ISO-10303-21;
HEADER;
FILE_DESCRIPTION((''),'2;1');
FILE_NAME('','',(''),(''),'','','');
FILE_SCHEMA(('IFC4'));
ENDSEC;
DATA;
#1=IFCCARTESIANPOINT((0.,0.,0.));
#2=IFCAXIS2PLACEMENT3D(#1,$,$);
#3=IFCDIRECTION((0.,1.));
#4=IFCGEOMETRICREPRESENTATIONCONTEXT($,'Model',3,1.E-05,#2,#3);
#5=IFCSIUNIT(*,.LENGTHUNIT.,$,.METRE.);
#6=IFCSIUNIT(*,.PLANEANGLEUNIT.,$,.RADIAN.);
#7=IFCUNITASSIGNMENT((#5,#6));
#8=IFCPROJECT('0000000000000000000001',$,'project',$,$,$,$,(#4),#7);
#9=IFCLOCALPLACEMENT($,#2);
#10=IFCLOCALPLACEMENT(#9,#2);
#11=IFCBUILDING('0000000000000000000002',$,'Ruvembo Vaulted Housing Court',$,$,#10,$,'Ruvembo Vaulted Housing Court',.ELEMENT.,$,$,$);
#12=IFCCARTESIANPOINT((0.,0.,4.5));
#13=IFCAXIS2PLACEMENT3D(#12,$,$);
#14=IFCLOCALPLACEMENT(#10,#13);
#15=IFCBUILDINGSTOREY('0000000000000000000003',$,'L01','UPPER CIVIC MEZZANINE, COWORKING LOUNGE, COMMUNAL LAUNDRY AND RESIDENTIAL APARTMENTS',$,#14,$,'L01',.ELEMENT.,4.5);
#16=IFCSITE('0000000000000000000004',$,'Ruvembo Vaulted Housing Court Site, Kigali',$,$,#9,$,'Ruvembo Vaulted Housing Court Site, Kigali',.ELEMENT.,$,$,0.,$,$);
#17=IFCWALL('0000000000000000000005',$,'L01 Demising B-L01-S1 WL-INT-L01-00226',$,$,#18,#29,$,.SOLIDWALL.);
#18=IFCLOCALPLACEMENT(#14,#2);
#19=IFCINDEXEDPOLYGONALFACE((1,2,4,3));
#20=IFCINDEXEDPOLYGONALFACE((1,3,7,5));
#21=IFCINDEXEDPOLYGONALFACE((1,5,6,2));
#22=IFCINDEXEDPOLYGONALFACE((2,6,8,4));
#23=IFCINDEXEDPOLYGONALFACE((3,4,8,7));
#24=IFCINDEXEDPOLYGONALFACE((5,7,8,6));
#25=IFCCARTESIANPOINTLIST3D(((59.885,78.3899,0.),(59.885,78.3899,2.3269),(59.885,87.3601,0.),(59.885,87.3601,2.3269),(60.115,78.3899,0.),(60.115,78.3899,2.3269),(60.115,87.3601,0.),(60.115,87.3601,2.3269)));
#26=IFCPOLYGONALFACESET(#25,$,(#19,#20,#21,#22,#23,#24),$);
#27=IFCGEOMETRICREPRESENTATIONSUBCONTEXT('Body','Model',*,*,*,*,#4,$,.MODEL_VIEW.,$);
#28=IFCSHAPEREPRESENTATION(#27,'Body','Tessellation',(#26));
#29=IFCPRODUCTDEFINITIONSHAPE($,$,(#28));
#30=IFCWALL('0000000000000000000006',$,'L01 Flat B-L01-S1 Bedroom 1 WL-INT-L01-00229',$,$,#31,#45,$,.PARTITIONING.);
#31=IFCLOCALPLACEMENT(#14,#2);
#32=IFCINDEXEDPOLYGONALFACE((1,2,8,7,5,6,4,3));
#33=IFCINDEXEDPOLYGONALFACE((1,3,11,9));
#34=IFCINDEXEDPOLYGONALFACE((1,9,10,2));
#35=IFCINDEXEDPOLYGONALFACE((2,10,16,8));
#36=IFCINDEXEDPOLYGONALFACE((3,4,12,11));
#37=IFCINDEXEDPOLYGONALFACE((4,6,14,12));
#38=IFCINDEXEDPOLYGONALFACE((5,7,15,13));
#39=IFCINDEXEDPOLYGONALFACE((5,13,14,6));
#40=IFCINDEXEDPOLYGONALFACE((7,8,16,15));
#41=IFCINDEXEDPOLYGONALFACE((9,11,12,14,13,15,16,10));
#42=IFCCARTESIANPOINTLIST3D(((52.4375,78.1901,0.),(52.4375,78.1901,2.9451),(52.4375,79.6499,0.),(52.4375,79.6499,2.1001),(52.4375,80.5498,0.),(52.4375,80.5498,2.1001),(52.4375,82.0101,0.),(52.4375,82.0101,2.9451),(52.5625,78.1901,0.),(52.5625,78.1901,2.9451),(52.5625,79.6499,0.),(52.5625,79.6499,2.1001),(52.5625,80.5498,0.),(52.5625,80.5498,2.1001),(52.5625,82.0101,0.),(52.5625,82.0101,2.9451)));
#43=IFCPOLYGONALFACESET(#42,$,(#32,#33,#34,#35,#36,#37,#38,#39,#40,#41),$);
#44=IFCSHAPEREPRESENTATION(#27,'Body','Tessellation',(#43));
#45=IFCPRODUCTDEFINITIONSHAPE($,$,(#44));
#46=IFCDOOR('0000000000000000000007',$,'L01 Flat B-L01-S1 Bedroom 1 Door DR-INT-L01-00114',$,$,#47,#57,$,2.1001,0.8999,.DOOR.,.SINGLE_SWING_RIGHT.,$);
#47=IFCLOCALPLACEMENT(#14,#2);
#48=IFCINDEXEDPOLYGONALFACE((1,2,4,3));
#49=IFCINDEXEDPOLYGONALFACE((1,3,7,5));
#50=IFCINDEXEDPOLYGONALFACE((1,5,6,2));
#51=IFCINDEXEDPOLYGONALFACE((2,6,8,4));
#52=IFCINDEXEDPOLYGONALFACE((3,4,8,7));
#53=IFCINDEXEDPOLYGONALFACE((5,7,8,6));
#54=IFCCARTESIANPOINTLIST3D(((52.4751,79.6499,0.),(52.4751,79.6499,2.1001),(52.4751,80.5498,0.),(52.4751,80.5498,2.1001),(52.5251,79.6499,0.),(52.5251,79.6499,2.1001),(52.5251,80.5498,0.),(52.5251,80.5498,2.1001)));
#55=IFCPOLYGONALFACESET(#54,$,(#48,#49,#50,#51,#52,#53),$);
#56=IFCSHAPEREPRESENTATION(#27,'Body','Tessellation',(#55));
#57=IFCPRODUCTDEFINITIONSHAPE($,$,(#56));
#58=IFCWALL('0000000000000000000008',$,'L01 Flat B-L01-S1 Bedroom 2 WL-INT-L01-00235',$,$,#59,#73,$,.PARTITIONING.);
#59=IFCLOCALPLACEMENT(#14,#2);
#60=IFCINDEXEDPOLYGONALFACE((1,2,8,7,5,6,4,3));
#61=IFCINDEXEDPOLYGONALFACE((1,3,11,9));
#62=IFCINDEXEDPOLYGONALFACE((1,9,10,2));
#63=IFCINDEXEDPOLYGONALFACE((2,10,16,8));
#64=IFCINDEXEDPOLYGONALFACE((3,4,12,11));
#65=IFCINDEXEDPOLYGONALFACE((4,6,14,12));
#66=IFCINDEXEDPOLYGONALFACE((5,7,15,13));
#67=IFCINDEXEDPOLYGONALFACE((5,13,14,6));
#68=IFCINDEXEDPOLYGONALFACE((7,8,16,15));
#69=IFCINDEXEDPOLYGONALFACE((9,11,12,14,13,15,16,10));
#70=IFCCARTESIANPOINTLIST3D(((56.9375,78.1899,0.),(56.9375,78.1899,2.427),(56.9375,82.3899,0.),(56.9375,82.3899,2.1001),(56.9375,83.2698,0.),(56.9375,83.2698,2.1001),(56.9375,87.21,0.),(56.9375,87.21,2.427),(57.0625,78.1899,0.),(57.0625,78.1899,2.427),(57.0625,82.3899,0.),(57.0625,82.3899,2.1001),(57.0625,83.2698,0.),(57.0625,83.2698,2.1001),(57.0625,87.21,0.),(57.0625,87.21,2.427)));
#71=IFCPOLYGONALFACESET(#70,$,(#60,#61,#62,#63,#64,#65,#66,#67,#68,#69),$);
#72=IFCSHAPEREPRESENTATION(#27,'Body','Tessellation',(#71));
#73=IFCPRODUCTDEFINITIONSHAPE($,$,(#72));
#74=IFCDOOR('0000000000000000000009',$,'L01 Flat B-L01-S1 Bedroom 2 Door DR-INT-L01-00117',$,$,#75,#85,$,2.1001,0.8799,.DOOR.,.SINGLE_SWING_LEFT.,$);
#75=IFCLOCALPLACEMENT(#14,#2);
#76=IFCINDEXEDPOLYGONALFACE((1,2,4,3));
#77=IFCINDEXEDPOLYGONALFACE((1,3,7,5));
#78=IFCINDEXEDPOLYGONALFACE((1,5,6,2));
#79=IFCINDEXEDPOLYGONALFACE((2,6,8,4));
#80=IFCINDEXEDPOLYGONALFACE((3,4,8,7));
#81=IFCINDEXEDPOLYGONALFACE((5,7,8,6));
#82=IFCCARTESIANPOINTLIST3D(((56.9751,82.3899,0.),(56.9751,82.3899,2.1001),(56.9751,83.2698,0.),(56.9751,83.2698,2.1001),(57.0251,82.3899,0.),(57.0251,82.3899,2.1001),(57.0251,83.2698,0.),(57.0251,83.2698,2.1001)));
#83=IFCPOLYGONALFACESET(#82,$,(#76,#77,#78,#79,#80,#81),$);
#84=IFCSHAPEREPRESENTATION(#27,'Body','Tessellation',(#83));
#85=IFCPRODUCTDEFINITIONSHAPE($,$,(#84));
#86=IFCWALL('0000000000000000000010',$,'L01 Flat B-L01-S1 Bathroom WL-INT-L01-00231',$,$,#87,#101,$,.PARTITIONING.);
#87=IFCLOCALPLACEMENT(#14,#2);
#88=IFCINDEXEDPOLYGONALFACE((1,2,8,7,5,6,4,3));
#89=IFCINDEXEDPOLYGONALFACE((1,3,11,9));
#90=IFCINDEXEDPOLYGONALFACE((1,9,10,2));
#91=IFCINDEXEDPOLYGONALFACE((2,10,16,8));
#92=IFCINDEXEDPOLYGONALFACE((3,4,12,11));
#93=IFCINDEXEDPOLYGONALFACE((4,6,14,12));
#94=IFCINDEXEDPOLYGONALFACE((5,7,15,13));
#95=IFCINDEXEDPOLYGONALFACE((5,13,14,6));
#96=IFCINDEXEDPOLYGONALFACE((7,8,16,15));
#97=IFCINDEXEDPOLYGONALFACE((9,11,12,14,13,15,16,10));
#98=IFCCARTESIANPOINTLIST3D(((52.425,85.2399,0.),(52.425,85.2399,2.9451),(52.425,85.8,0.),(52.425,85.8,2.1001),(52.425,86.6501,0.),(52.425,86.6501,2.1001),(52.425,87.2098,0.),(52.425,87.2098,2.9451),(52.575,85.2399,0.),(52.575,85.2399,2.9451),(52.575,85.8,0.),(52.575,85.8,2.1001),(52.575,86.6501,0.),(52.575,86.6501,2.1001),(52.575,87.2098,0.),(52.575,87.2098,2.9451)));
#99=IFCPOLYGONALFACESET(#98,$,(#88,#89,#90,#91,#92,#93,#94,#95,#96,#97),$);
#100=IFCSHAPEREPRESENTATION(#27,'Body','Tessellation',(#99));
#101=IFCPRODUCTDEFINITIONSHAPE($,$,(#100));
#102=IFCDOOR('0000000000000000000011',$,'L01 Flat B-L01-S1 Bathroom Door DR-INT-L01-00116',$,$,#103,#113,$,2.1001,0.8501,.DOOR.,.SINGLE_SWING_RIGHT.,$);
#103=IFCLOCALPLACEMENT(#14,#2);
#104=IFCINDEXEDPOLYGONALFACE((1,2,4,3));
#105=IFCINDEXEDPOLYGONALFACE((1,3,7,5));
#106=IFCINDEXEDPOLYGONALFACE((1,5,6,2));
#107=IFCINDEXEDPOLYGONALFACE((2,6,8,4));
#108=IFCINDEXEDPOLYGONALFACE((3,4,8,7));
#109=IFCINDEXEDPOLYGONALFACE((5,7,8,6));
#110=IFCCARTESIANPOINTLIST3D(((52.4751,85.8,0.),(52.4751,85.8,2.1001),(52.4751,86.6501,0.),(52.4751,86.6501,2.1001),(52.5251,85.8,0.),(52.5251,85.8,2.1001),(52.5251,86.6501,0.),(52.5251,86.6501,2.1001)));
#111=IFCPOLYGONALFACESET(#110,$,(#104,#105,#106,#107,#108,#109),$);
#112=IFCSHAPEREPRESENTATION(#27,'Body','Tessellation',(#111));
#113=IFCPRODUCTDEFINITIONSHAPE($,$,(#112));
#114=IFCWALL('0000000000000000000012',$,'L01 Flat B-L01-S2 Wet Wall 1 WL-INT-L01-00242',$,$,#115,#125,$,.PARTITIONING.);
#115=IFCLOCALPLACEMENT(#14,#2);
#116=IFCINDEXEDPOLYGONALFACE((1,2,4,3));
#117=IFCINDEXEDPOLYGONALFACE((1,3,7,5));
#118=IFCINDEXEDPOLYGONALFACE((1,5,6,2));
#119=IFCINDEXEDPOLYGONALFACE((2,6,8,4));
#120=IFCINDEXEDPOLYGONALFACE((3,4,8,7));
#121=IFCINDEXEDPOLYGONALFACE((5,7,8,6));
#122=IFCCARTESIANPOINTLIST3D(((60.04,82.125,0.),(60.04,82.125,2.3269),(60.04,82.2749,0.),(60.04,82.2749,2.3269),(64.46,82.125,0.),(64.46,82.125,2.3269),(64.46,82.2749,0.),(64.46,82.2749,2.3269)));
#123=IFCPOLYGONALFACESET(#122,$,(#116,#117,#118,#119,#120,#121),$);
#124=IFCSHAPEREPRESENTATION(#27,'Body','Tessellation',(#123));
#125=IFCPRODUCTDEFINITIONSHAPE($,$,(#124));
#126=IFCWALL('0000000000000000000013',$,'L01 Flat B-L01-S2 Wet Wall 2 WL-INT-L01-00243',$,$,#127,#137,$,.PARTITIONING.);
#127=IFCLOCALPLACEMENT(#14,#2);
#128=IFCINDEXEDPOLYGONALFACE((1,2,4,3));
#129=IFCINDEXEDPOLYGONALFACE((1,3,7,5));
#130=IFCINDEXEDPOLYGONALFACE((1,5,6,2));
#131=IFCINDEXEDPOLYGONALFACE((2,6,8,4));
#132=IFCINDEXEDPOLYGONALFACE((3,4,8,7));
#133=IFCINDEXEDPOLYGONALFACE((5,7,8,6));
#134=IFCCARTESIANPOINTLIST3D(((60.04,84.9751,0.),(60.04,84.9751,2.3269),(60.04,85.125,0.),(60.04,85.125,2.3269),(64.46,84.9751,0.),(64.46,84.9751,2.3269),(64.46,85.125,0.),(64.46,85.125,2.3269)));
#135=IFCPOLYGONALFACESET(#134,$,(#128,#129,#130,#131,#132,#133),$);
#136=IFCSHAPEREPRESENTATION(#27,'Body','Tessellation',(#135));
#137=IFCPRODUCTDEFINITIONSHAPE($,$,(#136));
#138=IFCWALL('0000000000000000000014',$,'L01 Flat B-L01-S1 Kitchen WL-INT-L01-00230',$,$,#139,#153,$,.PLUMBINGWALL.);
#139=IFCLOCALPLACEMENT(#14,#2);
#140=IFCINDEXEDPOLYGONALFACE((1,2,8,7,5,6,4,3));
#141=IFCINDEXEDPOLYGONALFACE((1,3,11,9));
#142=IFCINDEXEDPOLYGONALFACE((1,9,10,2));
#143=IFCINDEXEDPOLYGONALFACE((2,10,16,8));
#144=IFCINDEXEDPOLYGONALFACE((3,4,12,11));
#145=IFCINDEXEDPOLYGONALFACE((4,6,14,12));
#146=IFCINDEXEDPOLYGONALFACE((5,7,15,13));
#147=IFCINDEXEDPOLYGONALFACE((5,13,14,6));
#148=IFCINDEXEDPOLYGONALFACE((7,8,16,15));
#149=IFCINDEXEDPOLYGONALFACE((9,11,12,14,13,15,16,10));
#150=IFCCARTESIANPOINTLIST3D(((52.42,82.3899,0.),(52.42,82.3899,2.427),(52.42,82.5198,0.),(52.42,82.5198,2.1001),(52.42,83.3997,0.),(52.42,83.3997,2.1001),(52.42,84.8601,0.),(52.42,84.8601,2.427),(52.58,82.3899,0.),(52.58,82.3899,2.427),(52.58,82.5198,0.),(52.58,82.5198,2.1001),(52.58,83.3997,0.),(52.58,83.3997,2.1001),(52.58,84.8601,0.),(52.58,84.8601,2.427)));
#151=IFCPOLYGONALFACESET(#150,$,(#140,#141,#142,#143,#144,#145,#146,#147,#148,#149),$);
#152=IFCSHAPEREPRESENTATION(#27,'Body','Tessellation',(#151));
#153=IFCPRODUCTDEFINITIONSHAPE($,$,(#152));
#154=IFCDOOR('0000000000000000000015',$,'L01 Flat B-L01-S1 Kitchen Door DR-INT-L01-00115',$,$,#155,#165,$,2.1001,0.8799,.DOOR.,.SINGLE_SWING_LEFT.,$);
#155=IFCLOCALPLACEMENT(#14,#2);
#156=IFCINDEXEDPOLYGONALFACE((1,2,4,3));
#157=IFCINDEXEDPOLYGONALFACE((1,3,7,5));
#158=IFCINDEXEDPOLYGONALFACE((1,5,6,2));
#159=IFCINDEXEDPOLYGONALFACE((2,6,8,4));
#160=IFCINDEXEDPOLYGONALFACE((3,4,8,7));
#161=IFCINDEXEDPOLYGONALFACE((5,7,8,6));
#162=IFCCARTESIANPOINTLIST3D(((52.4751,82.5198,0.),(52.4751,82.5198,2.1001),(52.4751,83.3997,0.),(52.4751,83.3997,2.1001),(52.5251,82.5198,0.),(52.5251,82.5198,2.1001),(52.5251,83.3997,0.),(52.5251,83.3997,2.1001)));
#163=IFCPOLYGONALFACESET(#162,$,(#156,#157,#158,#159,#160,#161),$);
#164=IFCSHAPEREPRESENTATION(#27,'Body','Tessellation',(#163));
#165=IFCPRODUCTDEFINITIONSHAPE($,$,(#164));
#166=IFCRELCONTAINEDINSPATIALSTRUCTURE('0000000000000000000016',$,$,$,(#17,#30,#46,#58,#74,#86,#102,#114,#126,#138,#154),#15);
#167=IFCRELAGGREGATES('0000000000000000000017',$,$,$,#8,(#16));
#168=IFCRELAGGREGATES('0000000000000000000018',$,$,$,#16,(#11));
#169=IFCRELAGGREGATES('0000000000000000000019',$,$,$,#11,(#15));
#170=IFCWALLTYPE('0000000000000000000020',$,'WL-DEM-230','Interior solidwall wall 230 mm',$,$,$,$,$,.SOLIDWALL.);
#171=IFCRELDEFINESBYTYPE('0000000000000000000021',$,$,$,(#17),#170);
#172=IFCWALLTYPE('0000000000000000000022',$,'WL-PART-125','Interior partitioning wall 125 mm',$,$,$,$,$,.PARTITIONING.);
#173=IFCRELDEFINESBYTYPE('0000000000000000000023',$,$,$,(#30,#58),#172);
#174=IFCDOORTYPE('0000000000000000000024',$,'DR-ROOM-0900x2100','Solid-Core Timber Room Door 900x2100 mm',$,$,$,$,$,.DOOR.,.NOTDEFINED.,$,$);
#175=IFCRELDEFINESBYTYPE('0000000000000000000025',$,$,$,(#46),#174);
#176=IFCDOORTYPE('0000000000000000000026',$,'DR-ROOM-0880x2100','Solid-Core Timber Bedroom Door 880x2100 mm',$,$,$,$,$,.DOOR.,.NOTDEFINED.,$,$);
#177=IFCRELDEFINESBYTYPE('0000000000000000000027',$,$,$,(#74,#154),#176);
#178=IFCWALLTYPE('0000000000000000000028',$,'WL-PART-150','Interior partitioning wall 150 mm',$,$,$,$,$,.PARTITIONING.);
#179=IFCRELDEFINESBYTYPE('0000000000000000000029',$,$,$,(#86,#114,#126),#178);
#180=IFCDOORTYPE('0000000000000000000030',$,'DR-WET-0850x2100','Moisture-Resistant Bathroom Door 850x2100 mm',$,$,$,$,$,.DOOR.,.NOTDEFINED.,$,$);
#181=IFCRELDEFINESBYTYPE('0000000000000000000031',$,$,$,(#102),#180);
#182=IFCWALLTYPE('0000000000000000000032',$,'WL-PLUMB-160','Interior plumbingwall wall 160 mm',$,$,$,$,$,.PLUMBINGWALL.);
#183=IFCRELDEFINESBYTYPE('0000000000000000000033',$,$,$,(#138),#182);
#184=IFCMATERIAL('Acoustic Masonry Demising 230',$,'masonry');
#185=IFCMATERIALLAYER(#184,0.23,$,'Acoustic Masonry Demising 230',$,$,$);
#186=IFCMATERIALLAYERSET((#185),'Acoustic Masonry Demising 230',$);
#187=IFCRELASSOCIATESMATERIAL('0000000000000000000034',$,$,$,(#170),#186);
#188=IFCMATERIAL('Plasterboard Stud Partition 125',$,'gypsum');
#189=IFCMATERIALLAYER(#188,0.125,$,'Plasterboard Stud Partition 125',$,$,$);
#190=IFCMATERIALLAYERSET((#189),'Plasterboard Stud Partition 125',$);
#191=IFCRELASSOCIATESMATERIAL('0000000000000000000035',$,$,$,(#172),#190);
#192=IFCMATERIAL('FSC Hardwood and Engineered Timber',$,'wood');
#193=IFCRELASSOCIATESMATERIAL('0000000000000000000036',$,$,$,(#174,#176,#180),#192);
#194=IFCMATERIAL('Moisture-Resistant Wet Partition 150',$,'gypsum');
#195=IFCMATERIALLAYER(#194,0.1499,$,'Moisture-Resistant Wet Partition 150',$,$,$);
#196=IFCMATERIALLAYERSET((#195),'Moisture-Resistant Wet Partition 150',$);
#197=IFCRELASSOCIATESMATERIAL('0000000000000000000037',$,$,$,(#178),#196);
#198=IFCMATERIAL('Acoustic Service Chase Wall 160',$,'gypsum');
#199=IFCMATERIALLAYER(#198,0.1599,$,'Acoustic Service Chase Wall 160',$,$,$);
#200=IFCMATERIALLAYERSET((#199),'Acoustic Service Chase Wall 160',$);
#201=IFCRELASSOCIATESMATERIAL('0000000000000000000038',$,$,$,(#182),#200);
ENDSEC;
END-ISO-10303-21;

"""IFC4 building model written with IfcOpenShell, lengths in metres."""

from ifc_helpers import new_model, si_unit, direction, frame, frame_2d, origin, place, context, subcontext, project, spatial, rectangle, extrude, material, layer, layer_set, type_object, element, fill, save


model = new_model("IFC4")

# Units and contexts
model_context = context("Model", 3, precision=1e-05, world=origin(), true_north=direction((0.0, 1.0)))
body_context = subcontext(model_context, "Body", "Model", "MODEL_VIEW")
ifc_project = project(units=[si_unit("LENGTHUNIT", "METRE"), si_unit("PLANEANGLEUNIT", "RADIAN")], contexts=[model_context])

# Site, building, storey
site_placement = place(None, origin())
site = spatial("IfcSite", under=ifc_project, at=site_placement, Name="Ruvembo Vaulted Housing Court Site, Kigali", LongName="Ruvembo Vaulted Housing Court Site, Kigali", CompositionType="ELEMENT", RefElevation=0.0)
building_placement = place(site_placement, origin())
building = spatial("IfcBuilding", under=site, at=building_placement, Name="Ruvembo Vaulted Housing Court", LongName="Ruvembo Vaulted Housing Court", CompositionType="ELEMENT")
storey_placement = place(building_placement, frame((0.0, 0.0, 4.5)))
storey = spatial("IfcBuildingStorey", under=building, at=storey_placement, Name="L01", Description="UPPER CIVIC MEZZANINE, COWORKING LOUNGE, COMMUNAL LAUNDRY AND RESIDENTIAL APARTMENTS", LongName="L01", CompositionType="ELEMENT", Elevation=4.5)

# Shared definitions
ifc_material_1 = material(Name="FSC Hardwood and Engineered Timber", Category="wood")

# Wall
ifc_material_2 = material(Name="Acoustic Masonry Demising 230", Category="masonry")
ifc_layer_1 = layer(ifc_material_2, 0.23, Name="Acoustic Masonry Demising 230")
ifc_layer_set_1 = layer_set([ifc_layer_1], Name="Acoustic Masonry Demising 230")
wall_type_1 = type_object("IfcWallType", Name="WL-DEM-230", Description="Interior solidwall wall 230 mm", PredefinedType="SOLIDWALL", material=ifc_layer_set_1)
wall_1_placement = place(storey_placement, frame((60.0, 78.3899, 0.0), z_axis=(0.0, 0.0, 1.0), x_axis=(0.0, 1.0, 0.0)))
element("IfcWall", 1, at=wall_1_placement, inside=storey, type_object=wall_type_1, Name="L01 Demising B-L01-S1 WL-INT-L01-00226", PredefinedType="SOLIDWALL", context=body_context, shape_type="SweptSolid", body=[
    extrude(rectangle(XDim=8.9702, YDim=0.23, at=frame_2d((4.4851, 0.0))), origin(), (0.0, 0.0, 1.0), 2.3269),
])

# Walls, openings, doors
ifc_material_3 = material(Name="Plasterboard Stud Partition 125", Category="gypsum")
ifc_layer_2 = layer(ifc_material_3, 0.125, Name="Plasterboard Stud Partition 125")
ifc_layer_set_2 = layer_set([ifc_layer_2], Name="Plasterboard Stud Partition 125")
wall_type_2 = type_object("IfcWallType", Name="WL-PART-125", Description="Interior partitioning wall 125 mm", PredefinedType="PARTITIONING", material=ifc_layer_set_2)
wall_2_placement = place(storey_placement, frame((52.5, 78.1899, 0.0), z_axis=(0.0, 0.0, 1.0), x_axis=(0.0, 1.0, 0.0)))
wall_2 = element("IfcWall", 2, at=wall_2_placement, inside=storey, type_object=wall_type_2, Name="L01 Flat B-L01-S1 Bedroom 1 WL-INT-L01-00229", PredefinedType="PARTITIONING", context=body_context, shape_type="SweptSolid", body=[
    extrude(rectangle(XDim=3.8201, YDim=0.125, at=frame_2d((1.9102, 0.0))), origin(), (0.0, 0.0, 1.0), 2.9451),
])
opening_1_placement = place(wall_2_placement, frame((1.46, 0.0, 0.0)))
opening_1 = element("IfcOpeningElement", 3, at=opening_1_placement, cuts=wall_2, PredefinedType="OPENING", context=body_context, shape_type="SweptSolid", body=[
    extrude(rectangle(XDim=0.8999, YDim=2.1001, at=frame_2d((0.45, 1.05))), frame((0.0, 0.0725, 0.0), z_axis=(0.0, -1.0, 0.0), x_axis=(1.0, 0.0, 0.0)), (0.0, 0.0, 1.0), 0.145),
])
door_type_1 = type_object("IfcDoorType", Name="DR-ROOM-0900x2100", Description="Solid-Core Timber Room Door 900x2100 mm", OperationType="NOTDEFINED", PredefinedType="DOOR", material=ifc_material_1)
door_1_placement = place(opening_1_placement, origin())
door_1 = element("IfcDoor", 4, at=door_1_placement, inside=storey, type_object=door_type_1, Name="L01 Flat B-L01-S1 Bedroom 1 Door DR-INT-L01-00114", OperationType="SINGLE_SWING_RIGHT", OverallHeight=2.1001, OverallWidth=0.8999, PredefinedType="DOOR", context=body_context, shape_type="SweptSolid", body=[
    extrude(rectangle(XDim=0.8999, YDim=2.1001, at=frame_2d((0.45, 1.05))), frame((0.0, 0.0249, 0.0), z_axis=(0.0, -1.0, 0.0), x_axis=(1.0, 0.0, 0.0)), (0.0, 0.0, 1.0), 0.05),
])
fill(opening_1, door_1)
wall_3_placement = place(storey_placement, frame((57.0, 78.1899, 0.0), z_axis=(0.0, 0.0, 1.0), x_axis=(0.0, 1.0, 0.0)))
wall_3 = element("IfcWall", 5, at=wall_3_placement, inside=storey, type_object=wall_type_2, Name="L01 Flat B-L01-S1 Bedroom 2 WL-INT-L01-00235", PredefinedType="PARTITIONING", context=body_context, shape_type="SweptSolid", body=[
    extrude(rectangle(XDim=9.02, YDim=0.125, at=frame_2d((4.51, 0.0))), origin(), (0.0, 0.0, 1.0), 2.427),
])
opening_2_placement = place(wall_3_placement, frame((4.2, 0.0, 0.0)))
opening_2 = element("IfcOpeningElement", 6, at=opening_2_placement, cuts=wall_3, PredefinedType="OPENING", context=body_context, shape_type="SweptSolid", body=[
    extrude(rectangle(XDim=0.8799, YDim=2.1001, at=frame_2d((0.4399, 1.05))), frame((0.0, 0.0725, 0.0), z_axis=(0.0, -1.0, 0.0), x_axis=(1.0, 0.0, 0.0)), (0.0, 0.0, 1.0), 0.145),
])
door_type_2 = type_object("IfcDoorType", Name="DR-ROOM-0880x2100", Description="Solid-Core Timber Bedroom Door 880x2100 mm", OperationType="NOTDEFINED", PredefinedType="DOOR", material=ifc_material_1)
door_2_placement = place(opening_2_placement, origin())
door_2 = element("IfcDoor", 7, at=door_2_placement, inside=storey, type_object=door_type_2, Name="L01 Flat B-L01-S1 Bedroom 2 Door DR-INT-L01-00117", OperationType="SINGLE_SWING_LEFT", OverallHeight=2.1001, OverallWidth=0.8799, PredefinedType="DOOR", context=body_context, shape_type="SweptSolid", body=[
    extrude(rectangle(XDim=0.8799, YDim=2.1001, at=frame_2d((0.4399, 1.05))), frame((0.0, 0.0249, 0.0), z_axis=(0.0, -1.0, 0.0), x_axis=(1.0, 0.0, 0.0)), (0.0, 0.0, 1.0), 0.05),
])
fill(opening_2, door_2)
ifc_material_4 = material(Name="Moisture-Resistant Wet Partition 150", Category="gypsum")
ifc_layer_3 = layer(ifc_material_4, 0.1499, Name="Moisture-Resistant Wet Partition 150")
ifc_layer_set_3 = layer_set([ifc_layer_3], Name="Moisture-Resistant Wet Partition 150")
wall_type_3 = type_object("IfcWallType", Name="WL-PART-150", Description="Interior partitioning wall 150 mm", PredefinedType="PARTITIONING", material=ifc_layer_set_3)
wall_4_placement = place(storey_placement, frame((52.5, 85.24, 0.0), z_axis=(0.0, 0.0, 1.0), x_axis=(0.0, 1.0, 0.0)))
wall_4 = element("IfcWall", 8, at=wall_4_placement, inside=storey, type_object=wall_type_3, Name="L01 Flat B-L01-S1 Bathroom WL-INT-L01-00231", PredefinedType="PARTITIONING", context=body_context, shape_type="SweptSolid", body=[
    extrude(rectangle(XDim=1.97, YDim=0.1499, at=frame_2d((0.9849, 0.0))), origin(), (0.0, 0.0, 1.0), 2.9451),
])
opening_3_placement = place(wall_4_placement, frame((0.5601, 0.0, 0.0)))
opening_3 = element("IfcOpeningElement", 9, at=opening_3_placement, cuts=wall_4, PredefinedType="OPENING", context=body_context, shape_type="SweptSolid", body=[
    extrude(rectangle(XDim=0.8501, YDim=2.1001, at=frame_2d((0.425, 1.05))), frame((0.0, 0.085, 0.0), z_axis=(0.0, -1.0, 0.0), x_axis=(1.0, 0.0, 0.0)), (0.0, 0.0, 1.0), 0.1699),
])
door_type_3 = type_object("IfcDoorType", Name="DR-WET-0850x2100", Description="Moisture-Resistant Bathroom Door 850x2100 mm", OperationType="NOTDEFINED", PredefinedType="DOOR", material=ifc_material_1)
door_3_placement = place(opening_3_placement, origin())
door_3 = element("IfcDoor", 10, at=door_3_placement, inside=storey, type_object=door_type_3, Name="L01 Flat B-L01-S1 Bathroom Door DR-INT-L01-00116", OperationType="SINGLE_SWING_RIGHT", OverallHeight=2.1001, OverallWidth=0.8501, PredefinedType="DOOR", context=body_context, shape_type="SweptSolid", body=[
    extrude(rectangle(XDim=0.8501, YDim=2.1001, at=frame_2d((0.425, 1.05))), frame((0.0, 0.0249, 0.0), z_axis=(0.0, -1.0, 0.0), x_axis=(1.0, 0.0, 0.0)), (0.0, 0.0, 1.0), 0.05),
])
fill(opening_3, door_3)

# Walls
for number, where, z_axis, x_axis, name in (
    (11, (60.04, 82.2, 0.0), (0.0, 0.0, 1.0), (1.0, 0.0, 0.0), "L01 Flat B-L01-S2 Wet Wall 1 WL-INT-L01-00242"),
    (12, (60.04, 85.05, 0.0), (0.0, 0.0, 1.0), (1.0, 0.0, 0.0), "L01 Flat B-L01-S2 Wet Wall 2 WL-INT-L01-00243"),
):
    element("IfcWall", number, at=place(storey_placement, frame(where, z_axis=z_axis, x_axis=x_axis)), inside=storey, type_object=wall_type_3, Name=name, PredefinedType="PARTITIONING", context=body_context, shape_type="SweptSolid", body=[
        extrude(rectangle(XDim=4.4199, YDim=0.1499, at=frame_2d((2.21, 0.0))), origin(), (0.0, 0.0, 1.0), 2.3269),
    ])

# Wall, opening, door
ifc_material_5 = material(Name="Acoustic Service Chase Wall 160", Category="gypsum")
ifc_layer_4 = layer(ifc_material_5, 0.1599, Name="Acoustic Service Chase Wall 160")
ifc_layer_set_4 = layer_set([ifc_layer_4], Name="Acoustic Service Chase Wall 160")
wall_type_4 = type_object("IfcWallType", Name="WL-PLUMB-160", Description="Interior plumbingwall wall 160 mm", PredefinedType="PLUMBINGWALL", material=ifc_layer_set_4)
wall_5_placement = place(storey_placement, frame((52.5, 82.3899, 0.0), z_axis=(0.0, 0.0, 1.0), x_axis=(0.0, 1.0, 0.0)))
wall_5 = element("IfcWall", 13, at=wall_5_placement, inside=storey, type_object=wall_type_4, Name="L01 Flat B-L01-S1 Kitchen WL-INT-L01-00230", PredefinedType="PLUMBINGWALL", context=body_context, shape_type="SweptSolid", body=[
    extrude(rectangle(XDim=2.4702, YDim=0.1599, at=frame_2d((1.2351, 0.0))), origin(), (0.0, 0.0, 1.0), 2.427),
])
opening_4_placement = place(wall_5_placement, frame((0.1299, 0.0, 0.0)))
opening_4 = element("IfcOpeningElement", 14, at=opening_4_placement, cuts=wall_5, PredefinedType="OPENING", context=body_context, shape_type="SweptSolid", body=[
    extrude(rectangle(XDim=0.8799, YDim=2.1001, at=frame_2d((0.4399, 1.05))), frame((0.0, 0.0898, 0.0), z_axis=(0.0, -1.0, 0.0), x_axis=(1.0, 0.0, 0.0)), (0.0, 0.0, 1.0), 0.1799),
])
door_4_placement = place(opening_4_placement, origin())
door_4 = element("IfcDoor", 15, at=door_4_placement, inside=storey, type_object=door_type_2, Name="L01 Flat B-L01-S1 Kitchen Door DR-INT-L01-00115", OperationType="SINGLE_SWING_LEFT", OverallHeight=2.1001, OverallWidth=0.8799, PredefinedType="DOOR", context=body_context, shape_type="SweptSolid", body=[
    extrude(rectangle(XDim=0.8799, YDim=2.1001, at=frame_2d((0.4399, 1.05))), frame((0.0, 0.0249, 0.0), z_axis=(0.0, -1.0, 0.0), x_axis=(1.0, 0.0, 0.0)), (0.0, 0.0, 1.0), 0.05),
])
fill(opening_4, door_4)

save(model, "model.ifc")
